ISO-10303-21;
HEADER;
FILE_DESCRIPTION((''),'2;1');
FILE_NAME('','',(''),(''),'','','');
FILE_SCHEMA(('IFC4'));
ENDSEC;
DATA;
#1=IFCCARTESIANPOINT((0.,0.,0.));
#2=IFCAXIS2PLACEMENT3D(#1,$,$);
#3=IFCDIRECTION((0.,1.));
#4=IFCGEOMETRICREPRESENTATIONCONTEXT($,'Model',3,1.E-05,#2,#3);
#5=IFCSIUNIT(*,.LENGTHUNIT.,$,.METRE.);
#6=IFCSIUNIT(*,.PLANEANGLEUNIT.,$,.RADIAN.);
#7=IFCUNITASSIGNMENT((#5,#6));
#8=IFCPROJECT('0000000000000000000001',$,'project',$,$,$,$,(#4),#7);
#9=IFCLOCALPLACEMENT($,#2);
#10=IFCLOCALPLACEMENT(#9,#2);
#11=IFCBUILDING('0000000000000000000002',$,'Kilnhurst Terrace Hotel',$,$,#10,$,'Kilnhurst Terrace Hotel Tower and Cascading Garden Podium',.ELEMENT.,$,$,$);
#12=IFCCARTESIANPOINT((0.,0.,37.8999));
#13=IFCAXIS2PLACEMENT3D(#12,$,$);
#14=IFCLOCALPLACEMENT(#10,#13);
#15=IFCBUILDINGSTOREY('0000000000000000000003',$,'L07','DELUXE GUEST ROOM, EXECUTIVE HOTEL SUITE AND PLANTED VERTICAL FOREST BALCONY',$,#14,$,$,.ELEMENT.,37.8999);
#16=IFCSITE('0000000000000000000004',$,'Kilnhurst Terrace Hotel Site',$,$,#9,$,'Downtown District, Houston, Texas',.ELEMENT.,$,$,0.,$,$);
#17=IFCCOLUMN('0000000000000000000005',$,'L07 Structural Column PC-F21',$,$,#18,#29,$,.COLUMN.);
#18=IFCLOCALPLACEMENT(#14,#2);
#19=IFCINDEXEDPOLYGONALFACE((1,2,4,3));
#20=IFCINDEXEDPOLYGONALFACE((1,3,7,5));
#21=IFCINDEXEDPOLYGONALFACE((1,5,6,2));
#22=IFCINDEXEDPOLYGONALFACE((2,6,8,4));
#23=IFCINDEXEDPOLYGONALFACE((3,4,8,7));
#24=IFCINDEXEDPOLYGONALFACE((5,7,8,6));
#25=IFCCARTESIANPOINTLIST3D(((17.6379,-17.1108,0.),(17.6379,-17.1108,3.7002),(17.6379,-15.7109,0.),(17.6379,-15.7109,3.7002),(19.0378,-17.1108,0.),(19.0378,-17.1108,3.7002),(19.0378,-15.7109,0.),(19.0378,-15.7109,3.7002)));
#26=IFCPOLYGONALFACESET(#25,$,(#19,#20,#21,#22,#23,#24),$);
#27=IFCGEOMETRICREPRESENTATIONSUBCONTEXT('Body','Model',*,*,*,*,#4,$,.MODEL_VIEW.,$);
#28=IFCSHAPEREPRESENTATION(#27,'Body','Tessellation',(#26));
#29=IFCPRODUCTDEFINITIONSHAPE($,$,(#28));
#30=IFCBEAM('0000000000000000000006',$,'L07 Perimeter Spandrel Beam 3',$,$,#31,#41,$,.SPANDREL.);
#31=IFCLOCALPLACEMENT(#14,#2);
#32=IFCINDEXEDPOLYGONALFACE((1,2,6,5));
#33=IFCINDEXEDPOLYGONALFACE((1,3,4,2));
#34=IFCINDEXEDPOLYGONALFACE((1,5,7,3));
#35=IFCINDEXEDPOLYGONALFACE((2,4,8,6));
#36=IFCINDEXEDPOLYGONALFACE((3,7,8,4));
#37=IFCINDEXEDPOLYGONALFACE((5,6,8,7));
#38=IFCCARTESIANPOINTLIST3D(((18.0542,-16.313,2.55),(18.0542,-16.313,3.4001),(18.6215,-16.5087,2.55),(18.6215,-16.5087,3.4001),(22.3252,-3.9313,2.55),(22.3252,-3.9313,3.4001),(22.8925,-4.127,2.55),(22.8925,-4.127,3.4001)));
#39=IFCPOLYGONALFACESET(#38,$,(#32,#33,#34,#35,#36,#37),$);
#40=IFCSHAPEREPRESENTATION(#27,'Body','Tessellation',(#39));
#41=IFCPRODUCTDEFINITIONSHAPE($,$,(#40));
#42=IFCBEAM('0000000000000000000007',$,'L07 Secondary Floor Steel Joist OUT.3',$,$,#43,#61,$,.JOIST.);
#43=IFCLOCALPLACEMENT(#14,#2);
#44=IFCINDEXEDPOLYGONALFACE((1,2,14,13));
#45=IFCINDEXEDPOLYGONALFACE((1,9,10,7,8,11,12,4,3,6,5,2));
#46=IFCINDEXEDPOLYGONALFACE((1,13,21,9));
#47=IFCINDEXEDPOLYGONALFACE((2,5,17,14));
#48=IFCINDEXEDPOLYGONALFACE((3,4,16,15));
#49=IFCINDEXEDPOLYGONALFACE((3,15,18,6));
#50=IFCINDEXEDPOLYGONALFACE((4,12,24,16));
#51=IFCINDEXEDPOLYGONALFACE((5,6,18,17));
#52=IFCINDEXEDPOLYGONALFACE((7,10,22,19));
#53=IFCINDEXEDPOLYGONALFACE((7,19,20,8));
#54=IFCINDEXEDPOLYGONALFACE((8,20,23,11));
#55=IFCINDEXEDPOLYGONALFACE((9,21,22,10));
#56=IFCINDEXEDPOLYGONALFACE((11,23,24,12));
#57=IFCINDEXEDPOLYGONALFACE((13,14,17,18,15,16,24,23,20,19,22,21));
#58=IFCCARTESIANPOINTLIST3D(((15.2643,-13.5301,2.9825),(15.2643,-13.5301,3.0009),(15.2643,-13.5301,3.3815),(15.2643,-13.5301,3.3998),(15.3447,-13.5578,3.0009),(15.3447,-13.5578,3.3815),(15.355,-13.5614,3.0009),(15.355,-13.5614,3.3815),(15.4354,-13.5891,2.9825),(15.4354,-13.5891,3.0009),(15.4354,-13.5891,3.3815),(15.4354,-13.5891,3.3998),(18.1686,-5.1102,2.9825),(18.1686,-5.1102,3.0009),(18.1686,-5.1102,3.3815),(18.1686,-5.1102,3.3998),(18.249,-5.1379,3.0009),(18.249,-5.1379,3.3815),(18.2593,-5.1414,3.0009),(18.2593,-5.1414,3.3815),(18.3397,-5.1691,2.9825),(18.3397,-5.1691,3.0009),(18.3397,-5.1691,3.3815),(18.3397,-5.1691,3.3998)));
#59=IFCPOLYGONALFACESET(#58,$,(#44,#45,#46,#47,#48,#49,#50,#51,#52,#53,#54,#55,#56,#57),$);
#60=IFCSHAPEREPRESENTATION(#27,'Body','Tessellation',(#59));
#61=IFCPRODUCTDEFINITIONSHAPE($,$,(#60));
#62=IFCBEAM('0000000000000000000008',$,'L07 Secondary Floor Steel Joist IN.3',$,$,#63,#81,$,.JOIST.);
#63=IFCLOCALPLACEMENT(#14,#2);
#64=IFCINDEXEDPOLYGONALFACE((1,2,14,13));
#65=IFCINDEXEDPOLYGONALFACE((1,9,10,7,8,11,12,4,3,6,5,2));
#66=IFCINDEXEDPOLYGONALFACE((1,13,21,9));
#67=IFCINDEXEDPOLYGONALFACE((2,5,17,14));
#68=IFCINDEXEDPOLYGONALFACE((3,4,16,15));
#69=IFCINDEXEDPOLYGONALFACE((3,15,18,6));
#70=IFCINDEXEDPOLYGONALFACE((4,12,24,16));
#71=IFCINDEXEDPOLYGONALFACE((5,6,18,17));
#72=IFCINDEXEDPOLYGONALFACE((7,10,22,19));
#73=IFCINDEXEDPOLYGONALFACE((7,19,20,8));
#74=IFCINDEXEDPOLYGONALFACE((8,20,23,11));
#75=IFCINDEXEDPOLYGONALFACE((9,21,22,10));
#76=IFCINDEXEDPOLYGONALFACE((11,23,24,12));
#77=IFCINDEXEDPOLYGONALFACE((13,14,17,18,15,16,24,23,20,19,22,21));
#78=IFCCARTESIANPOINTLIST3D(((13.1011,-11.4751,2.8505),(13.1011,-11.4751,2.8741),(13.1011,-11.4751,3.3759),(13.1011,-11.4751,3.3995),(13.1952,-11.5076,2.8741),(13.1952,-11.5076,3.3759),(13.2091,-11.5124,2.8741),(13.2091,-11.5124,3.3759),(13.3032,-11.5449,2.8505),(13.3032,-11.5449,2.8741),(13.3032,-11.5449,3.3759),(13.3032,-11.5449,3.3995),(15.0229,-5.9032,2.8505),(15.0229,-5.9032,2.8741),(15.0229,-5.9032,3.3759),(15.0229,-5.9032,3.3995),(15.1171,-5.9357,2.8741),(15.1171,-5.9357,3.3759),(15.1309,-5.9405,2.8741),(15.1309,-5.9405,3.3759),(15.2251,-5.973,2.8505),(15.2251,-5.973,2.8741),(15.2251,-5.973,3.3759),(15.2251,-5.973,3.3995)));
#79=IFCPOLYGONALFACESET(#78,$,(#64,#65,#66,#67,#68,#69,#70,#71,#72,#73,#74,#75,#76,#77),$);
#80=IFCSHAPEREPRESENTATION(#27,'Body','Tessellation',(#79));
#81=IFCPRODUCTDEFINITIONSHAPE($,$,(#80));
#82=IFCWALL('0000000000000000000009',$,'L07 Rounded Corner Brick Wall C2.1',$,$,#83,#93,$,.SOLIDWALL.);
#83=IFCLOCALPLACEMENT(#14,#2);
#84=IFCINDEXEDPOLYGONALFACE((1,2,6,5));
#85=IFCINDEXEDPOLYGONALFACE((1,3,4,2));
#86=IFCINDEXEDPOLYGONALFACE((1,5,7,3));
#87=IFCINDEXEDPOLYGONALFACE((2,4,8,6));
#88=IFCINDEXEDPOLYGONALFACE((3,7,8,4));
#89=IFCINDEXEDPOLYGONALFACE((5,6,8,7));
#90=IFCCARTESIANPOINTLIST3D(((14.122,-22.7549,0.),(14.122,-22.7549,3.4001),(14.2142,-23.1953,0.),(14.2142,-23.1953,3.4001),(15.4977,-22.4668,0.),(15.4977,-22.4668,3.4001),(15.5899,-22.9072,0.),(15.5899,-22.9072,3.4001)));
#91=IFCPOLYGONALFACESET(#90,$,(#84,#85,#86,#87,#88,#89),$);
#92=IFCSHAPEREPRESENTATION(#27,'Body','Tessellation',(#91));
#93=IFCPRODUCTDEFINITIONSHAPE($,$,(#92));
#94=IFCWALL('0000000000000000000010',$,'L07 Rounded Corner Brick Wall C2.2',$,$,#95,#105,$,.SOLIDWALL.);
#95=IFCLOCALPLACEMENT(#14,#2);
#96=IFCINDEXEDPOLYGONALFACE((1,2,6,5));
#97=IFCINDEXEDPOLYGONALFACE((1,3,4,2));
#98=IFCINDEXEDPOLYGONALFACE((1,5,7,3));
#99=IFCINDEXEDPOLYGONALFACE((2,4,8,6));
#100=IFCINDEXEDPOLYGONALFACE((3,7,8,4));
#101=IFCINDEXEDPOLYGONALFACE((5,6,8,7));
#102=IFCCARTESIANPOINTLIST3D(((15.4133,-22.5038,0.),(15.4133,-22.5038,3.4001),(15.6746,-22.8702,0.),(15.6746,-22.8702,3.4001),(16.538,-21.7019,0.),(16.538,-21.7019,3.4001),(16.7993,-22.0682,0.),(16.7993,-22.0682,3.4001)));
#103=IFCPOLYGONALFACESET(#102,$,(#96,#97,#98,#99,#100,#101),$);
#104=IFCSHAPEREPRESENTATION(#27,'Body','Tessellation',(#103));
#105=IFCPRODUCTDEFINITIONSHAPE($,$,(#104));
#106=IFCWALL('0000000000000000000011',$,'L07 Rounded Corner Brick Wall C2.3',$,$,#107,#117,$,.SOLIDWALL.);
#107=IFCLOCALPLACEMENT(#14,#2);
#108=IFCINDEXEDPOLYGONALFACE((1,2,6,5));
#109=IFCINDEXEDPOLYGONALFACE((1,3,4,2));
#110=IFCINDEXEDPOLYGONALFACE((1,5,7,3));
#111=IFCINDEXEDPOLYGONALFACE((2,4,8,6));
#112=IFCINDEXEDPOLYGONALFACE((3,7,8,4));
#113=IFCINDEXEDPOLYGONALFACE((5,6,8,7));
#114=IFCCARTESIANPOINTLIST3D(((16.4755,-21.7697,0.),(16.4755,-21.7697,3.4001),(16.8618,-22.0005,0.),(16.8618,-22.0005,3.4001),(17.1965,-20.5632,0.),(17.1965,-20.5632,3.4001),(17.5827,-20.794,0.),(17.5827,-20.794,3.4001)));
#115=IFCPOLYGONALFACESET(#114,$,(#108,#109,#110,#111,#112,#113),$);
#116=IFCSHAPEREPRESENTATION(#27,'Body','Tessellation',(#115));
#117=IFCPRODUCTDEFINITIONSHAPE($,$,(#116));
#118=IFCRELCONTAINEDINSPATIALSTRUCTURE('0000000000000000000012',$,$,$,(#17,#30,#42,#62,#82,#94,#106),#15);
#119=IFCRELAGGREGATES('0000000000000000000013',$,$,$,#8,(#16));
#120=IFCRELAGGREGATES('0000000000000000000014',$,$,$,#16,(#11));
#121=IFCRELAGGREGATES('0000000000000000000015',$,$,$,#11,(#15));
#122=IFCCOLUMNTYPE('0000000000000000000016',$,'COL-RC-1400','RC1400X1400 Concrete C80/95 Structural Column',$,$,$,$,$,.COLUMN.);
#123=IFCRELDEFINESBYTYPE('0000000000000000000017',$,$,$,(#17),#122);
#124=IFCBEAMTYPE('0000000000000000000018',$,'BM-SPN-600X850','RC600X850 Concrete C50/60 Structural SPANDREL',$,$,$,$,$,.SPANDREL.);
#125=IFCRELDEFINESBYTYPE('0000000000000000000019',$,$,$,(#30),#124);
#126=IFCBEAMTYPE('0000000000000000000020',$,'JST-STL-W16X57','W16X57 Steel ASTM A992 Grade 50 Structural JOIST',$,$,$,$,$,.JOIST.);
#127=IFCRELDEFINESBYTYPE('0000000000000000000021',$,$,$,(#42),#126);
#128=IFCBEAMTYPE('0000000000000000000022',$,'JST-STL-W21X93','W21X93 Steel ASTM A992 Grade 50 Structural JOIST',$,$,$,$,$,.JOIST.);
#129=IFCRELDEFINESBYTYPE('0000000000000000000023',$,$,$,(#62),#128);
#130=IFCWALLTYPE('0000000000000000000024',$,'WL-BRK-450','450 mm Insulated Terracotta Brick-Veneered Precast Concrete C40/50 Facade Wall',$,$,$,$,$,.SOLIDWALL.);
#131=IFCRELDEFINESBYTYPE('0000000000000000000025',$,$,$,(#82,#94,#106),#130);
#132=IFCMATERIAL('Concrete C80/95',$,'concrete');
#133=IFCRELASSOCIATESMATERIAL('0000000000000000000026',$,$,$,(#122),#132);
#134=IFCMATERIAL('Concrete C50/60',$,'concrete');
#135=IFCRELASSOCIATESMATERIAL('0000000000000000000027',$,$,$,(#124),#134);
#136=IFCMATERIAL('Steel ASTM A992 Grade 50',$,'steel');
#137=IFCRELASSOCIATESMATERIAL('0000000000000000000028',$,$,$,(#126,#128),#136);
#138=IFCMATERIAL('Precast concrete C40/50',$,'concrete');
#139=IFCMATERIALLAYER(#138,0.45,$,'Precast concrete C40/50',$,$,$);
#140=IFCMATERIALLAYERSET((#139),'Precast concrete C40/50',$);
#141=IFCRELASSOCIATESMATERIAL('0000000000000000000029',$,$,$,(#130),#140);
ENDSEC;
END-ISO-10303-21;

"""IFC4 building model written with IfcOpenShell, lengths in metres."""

from ifc_helpers import new_model, si_unit, direction, frame, frame_2d, origin, origin_2d, place, context, subcontext, project, spatial, rectangle, i_section, extrude, material, layer, layer_set, material_profile, profile_set, type_object, element, save


model = new_model("IFC4")

# Units and contexts
model_context = context("Model", 3, precision=1e-05, world=origin(), true_north=direction((0.0, 1.0)))
body_context = subcontext(model_context, "Body", "Model", "MODEL_VIEW")
ifc_project = project(units=[si_unit("LENGTHUNIT", "METRE"), si_unit("PLANEANGLEUNIT", "RADIAN")], contexts=[model_context])

# Site, building, storey
site_placement = place(None, origin())
site = spatial("IfcSite", under=ifc_project, at=site_placement, Name="Kilnhurst Terrace Hotel Site", LongName="Downtown District, Houston, Texas", CompositionType="ELEMENT", RefElevation=0.0)
building_placement = place(site_placement, origin())
building = spatial("IfcBuilding", under=site, at=building_placement, Name="Kilnhurst Terrace Hotel", LongName="Kilnhurst Terrace Hotel Tower and Cascading Garden Podium", CompositionType="ELEMENT")
storey_placement = place(building_placement, frame((0.0, 0.0, 37.8999)))
storey = spatial("IfcBuildingStorey", under=building, at=storey_placement, Name="L07", Description="DELUXE GUEST ROOM, EXECUTIVE HOTEL SUITE AND PLANTED VERTICAL FOREST BALCONY", CompositionType="ELEMENT", Elevation=37.8999)

# Column
ifc_material_1 = material(Name="Concrete C80/95", Category="concrete")
ifc_material_profile_1 = material_profile(ifc_material_1, rectangle(XDim=1.3999, YDim=1.3999, at=origin_2d()), Name="RC1400X1400")
ifc_profile_set_1 = profile_set([ifc_material_profile_1], Name="Concrete C80/95")
column_type = type_object("IfcColumnType", Name="COL-RC-1400", Description="RC1400X1400 Concrete C80/95 Structural Column", PredefinedType="COLUMN", material=ifc_profile_set_1)
column_placement = place(storey_placement, frame((18.3379, -16.4109, 0.0), z_axis=(0.0, 0.0, 1.0), x_axis=(1.0, 0.0, 0.0)))
element("IfcColumn", 1, at=column_placement, inside=storey, type_object=column_type, Name="L07 Structural Column PC-F21", PredefinedType="COLUMN", context=body_context, shape_type="SweptSolid", body=[
    extrude(rectangle(XDim=1.3999, YDim=1.3999, at=origin_2d()), origin(), (0.0, 0.0, 1.0), 3.7002),
])

# Beams
ifc_material_2 = material(Name="Concrete C50/60", Category="concrete")
ifc_material_profile_2 = material_profile(ifc_material_2, rectangle(XDim=0.6001, YDim=0.8501, at=origin_2d()), Name="RC600X850")
ifc_profile_set_2 = profile_set([ifc_material_profile_2], Name="Concrete C50/60")
beam_type_1 = type_object("IfcBeamType", Name="BM-SPN-600X850", Description="RC600X850 Concrete C50/60 Structural SPANDREL", PredefinedType="SPANDREL", material=ifc_profile_set_2)
beam_1_placement = place(storey_placement, frame((18.3379, -16.4109, 2.9751), z_axis=(0.326086, 0.94534, 0.0), x_axis=(-0.94534, 0.326086, 0.0)))
element("IfcBeam", 2, at=beam_1_placement, inside=storey, type_object=beam_type_1, Name="L07 Perimeter Spandrel Beam 3", PredefinedType="SPANDREL", context=body_context, shape_type="SweptSolid", body=[
    extrude(rectangle(XDim=0.6001, YDim=0.8501, at=origin_2d()), origin(), (0.0, 0.0, 1.0), 13.0977),
])
ifc_material_3 = material(Name="Steel ASTM A992 Grade 50", Category="steel")
ifc_material_profile_3 = material_profile(ifc_material_3, i_section(OverallWidth=0.1809, OverallDepth=0.4172, WebThickness=0.011, FlangeThickness=0.0183, at=origin_2d()), Name="W16X57")
ifc_profile_set_3 = profile_set([ifc_material_profile_3], Name="Steel ASTM A992 Grade 50")
beam_type_2 = type_object("IfcBeamType", Name="JST-STL-W16X57", Description="W16X57 Steel ASTM A992 Grade 50 Structural JOIST", PredefinedType="JOIST", material=ifc_profile_set_3)
beam_2_placement = place(storey_placement, frame((15.3499, -13.5596, 3.1912), z_axis=(0.326079, 0.945343, 0.0), x_axis=(-0.945343, 0.326079, 0.0)))
element("IfcBeam", 3, at=beam_2_placement, inside=storey, type_object=beam_type_2, Name="L07 Secondary Floor Steel Joist OUT.3", PredefinedType="JOIST", context=body_context, shape_type="SweptSolid", body=[
    extrude(i_section(OverallWidth=0.1809, OverallDepth=0.4172, WebThickness=0.011, FlangeThickness=0.0183, at=origin_2d()), origin(), (0.0, 0.0, 1.0), 8.9067),
])
ifc_material_profile_4 = material_profile(ifc_material_3, i_section(OverallWidth=0.2139, OverallDepth=0.5491, WebThickness=0.0146, FlangeThickness=0.0237, at=origin_2d()), Name="W21X93")
ifc_profile_set_4 = profile_set([ifc_material_profile_4], Name="Steel ASTM A992 Grade 50")
beam_type_3 = type_object("IfcBeamType", Name="JST-STL-W21X93", Description="W21X93 Steel ASTM A992 Grade 50 Structural JOIST", PredefinedType="JOIST", material=ifc_profile_set_4)
beam_3_placement = place(storey_placement, frame((13.2021, -11.51, 3.125), z_axis=(0.326065, 0.945347, 0.0), x_axis=(-0.945347, 0.326065, 0.0)))
element("IfcBeam", 4, at=beam_3_placement, inside=storey, type_object=beam_type_3, Name="L07 Secondary Floor Steel Joist IN.3", PredefinedType="JOIST", context=body_context, shape_type="SweptSolid", body=[
    extrude(i_section(OverallWidth=0.2139, OverallDepth=0.5491, WebThickness=0.0146, FlangeThickness=0.0237, at=origin_2d()), origin(), (0.0, 0.0, 1.0), 5.894),
])

# Walls
ifc_material_4 = material(Name="Precast concrete C40/50", Category="concrete")
ifc_layer_1 = layer(ifc_material_4, 0.45, Name="Precast concrete C40/50")
ifc_layer_set_1 = layer_set([ifc_layer_1], Name="Precast concrete C40/50")
wall_type_1 = type_object("IfcWallType", Name="WL-BRK-450", Description="450 mm Insulated Terracotta Brick-Veneered Precast Concrete C40/50 Facade Wall", PredefinedType="SOLIDWALL", material=ifc_layer_set_1)
wall_1_placement = place(storey_placement, frame((14.1682, -22.9751, 0.0), z_axis=(0.0, 0.0, 1.0), x_axis=(0.97877, 0.20496, 0.0)))
element("IfcWall", 5, at=wall_1_placement, inside=storey, type_object=wall_type_1, Name="L07 Rounded Corner Brick Wall C2.1", PredefinedType="SOLIDWALL", context=body_context, shape_type="SweptSolid", body=[
    extrude(rectangle(XDim=1.4055, YDim=0.45, at=frame_2d((0.7026, 0.0))), origin(), (0.0, 0.0, 1.0), 3.4001),
])
wall_2_placement = place(storey_placement, frame((15.5439, -22.687, 0.0), z_axis=(0.0, 0.0, 1.0), x_axis=(0.814211, 0.580569, 0.0)))
element("IfcWall", 6, at=wall_2_placement, inside=storey, type_object=wall_type_1, Name="L07 Rounded Corner Brick Wall C2.2", PredefinedType="SOLIDWALL", context=body_context, shape_type="SweptSolid", body=[
    extrude(rectangle(XDim=1.3813, YDim=0.45, at=frame_2d((0.6907, 0.0))), origin(), (0.0, 0.0, 1.0), 3.4001),
])
wall_3_placement = place(storey_placement, frame((16.6687, -21.885, 0.0), z_axis=(0.0, 0.0, 1.0), x_axis=(0.512937, 0.858426, 0.0)))
element("IfcWall", 7, at=wall_3_placement, inside=storey, type_object=wall_type_1, Name="L07 Rounded Corner Brick Wall C2.3", PredefinedType="SOLIDWALL", context=body_context, shape_type="SweptSolid", body=[
    extrude(rectangle(XDim=1.4055, YDim=0.45, at=frame_2d((0.7026, 0.0))), origin(), (0.0, 0.0, 1.0), 3.4001),
])

save(model, "model.ifc")
